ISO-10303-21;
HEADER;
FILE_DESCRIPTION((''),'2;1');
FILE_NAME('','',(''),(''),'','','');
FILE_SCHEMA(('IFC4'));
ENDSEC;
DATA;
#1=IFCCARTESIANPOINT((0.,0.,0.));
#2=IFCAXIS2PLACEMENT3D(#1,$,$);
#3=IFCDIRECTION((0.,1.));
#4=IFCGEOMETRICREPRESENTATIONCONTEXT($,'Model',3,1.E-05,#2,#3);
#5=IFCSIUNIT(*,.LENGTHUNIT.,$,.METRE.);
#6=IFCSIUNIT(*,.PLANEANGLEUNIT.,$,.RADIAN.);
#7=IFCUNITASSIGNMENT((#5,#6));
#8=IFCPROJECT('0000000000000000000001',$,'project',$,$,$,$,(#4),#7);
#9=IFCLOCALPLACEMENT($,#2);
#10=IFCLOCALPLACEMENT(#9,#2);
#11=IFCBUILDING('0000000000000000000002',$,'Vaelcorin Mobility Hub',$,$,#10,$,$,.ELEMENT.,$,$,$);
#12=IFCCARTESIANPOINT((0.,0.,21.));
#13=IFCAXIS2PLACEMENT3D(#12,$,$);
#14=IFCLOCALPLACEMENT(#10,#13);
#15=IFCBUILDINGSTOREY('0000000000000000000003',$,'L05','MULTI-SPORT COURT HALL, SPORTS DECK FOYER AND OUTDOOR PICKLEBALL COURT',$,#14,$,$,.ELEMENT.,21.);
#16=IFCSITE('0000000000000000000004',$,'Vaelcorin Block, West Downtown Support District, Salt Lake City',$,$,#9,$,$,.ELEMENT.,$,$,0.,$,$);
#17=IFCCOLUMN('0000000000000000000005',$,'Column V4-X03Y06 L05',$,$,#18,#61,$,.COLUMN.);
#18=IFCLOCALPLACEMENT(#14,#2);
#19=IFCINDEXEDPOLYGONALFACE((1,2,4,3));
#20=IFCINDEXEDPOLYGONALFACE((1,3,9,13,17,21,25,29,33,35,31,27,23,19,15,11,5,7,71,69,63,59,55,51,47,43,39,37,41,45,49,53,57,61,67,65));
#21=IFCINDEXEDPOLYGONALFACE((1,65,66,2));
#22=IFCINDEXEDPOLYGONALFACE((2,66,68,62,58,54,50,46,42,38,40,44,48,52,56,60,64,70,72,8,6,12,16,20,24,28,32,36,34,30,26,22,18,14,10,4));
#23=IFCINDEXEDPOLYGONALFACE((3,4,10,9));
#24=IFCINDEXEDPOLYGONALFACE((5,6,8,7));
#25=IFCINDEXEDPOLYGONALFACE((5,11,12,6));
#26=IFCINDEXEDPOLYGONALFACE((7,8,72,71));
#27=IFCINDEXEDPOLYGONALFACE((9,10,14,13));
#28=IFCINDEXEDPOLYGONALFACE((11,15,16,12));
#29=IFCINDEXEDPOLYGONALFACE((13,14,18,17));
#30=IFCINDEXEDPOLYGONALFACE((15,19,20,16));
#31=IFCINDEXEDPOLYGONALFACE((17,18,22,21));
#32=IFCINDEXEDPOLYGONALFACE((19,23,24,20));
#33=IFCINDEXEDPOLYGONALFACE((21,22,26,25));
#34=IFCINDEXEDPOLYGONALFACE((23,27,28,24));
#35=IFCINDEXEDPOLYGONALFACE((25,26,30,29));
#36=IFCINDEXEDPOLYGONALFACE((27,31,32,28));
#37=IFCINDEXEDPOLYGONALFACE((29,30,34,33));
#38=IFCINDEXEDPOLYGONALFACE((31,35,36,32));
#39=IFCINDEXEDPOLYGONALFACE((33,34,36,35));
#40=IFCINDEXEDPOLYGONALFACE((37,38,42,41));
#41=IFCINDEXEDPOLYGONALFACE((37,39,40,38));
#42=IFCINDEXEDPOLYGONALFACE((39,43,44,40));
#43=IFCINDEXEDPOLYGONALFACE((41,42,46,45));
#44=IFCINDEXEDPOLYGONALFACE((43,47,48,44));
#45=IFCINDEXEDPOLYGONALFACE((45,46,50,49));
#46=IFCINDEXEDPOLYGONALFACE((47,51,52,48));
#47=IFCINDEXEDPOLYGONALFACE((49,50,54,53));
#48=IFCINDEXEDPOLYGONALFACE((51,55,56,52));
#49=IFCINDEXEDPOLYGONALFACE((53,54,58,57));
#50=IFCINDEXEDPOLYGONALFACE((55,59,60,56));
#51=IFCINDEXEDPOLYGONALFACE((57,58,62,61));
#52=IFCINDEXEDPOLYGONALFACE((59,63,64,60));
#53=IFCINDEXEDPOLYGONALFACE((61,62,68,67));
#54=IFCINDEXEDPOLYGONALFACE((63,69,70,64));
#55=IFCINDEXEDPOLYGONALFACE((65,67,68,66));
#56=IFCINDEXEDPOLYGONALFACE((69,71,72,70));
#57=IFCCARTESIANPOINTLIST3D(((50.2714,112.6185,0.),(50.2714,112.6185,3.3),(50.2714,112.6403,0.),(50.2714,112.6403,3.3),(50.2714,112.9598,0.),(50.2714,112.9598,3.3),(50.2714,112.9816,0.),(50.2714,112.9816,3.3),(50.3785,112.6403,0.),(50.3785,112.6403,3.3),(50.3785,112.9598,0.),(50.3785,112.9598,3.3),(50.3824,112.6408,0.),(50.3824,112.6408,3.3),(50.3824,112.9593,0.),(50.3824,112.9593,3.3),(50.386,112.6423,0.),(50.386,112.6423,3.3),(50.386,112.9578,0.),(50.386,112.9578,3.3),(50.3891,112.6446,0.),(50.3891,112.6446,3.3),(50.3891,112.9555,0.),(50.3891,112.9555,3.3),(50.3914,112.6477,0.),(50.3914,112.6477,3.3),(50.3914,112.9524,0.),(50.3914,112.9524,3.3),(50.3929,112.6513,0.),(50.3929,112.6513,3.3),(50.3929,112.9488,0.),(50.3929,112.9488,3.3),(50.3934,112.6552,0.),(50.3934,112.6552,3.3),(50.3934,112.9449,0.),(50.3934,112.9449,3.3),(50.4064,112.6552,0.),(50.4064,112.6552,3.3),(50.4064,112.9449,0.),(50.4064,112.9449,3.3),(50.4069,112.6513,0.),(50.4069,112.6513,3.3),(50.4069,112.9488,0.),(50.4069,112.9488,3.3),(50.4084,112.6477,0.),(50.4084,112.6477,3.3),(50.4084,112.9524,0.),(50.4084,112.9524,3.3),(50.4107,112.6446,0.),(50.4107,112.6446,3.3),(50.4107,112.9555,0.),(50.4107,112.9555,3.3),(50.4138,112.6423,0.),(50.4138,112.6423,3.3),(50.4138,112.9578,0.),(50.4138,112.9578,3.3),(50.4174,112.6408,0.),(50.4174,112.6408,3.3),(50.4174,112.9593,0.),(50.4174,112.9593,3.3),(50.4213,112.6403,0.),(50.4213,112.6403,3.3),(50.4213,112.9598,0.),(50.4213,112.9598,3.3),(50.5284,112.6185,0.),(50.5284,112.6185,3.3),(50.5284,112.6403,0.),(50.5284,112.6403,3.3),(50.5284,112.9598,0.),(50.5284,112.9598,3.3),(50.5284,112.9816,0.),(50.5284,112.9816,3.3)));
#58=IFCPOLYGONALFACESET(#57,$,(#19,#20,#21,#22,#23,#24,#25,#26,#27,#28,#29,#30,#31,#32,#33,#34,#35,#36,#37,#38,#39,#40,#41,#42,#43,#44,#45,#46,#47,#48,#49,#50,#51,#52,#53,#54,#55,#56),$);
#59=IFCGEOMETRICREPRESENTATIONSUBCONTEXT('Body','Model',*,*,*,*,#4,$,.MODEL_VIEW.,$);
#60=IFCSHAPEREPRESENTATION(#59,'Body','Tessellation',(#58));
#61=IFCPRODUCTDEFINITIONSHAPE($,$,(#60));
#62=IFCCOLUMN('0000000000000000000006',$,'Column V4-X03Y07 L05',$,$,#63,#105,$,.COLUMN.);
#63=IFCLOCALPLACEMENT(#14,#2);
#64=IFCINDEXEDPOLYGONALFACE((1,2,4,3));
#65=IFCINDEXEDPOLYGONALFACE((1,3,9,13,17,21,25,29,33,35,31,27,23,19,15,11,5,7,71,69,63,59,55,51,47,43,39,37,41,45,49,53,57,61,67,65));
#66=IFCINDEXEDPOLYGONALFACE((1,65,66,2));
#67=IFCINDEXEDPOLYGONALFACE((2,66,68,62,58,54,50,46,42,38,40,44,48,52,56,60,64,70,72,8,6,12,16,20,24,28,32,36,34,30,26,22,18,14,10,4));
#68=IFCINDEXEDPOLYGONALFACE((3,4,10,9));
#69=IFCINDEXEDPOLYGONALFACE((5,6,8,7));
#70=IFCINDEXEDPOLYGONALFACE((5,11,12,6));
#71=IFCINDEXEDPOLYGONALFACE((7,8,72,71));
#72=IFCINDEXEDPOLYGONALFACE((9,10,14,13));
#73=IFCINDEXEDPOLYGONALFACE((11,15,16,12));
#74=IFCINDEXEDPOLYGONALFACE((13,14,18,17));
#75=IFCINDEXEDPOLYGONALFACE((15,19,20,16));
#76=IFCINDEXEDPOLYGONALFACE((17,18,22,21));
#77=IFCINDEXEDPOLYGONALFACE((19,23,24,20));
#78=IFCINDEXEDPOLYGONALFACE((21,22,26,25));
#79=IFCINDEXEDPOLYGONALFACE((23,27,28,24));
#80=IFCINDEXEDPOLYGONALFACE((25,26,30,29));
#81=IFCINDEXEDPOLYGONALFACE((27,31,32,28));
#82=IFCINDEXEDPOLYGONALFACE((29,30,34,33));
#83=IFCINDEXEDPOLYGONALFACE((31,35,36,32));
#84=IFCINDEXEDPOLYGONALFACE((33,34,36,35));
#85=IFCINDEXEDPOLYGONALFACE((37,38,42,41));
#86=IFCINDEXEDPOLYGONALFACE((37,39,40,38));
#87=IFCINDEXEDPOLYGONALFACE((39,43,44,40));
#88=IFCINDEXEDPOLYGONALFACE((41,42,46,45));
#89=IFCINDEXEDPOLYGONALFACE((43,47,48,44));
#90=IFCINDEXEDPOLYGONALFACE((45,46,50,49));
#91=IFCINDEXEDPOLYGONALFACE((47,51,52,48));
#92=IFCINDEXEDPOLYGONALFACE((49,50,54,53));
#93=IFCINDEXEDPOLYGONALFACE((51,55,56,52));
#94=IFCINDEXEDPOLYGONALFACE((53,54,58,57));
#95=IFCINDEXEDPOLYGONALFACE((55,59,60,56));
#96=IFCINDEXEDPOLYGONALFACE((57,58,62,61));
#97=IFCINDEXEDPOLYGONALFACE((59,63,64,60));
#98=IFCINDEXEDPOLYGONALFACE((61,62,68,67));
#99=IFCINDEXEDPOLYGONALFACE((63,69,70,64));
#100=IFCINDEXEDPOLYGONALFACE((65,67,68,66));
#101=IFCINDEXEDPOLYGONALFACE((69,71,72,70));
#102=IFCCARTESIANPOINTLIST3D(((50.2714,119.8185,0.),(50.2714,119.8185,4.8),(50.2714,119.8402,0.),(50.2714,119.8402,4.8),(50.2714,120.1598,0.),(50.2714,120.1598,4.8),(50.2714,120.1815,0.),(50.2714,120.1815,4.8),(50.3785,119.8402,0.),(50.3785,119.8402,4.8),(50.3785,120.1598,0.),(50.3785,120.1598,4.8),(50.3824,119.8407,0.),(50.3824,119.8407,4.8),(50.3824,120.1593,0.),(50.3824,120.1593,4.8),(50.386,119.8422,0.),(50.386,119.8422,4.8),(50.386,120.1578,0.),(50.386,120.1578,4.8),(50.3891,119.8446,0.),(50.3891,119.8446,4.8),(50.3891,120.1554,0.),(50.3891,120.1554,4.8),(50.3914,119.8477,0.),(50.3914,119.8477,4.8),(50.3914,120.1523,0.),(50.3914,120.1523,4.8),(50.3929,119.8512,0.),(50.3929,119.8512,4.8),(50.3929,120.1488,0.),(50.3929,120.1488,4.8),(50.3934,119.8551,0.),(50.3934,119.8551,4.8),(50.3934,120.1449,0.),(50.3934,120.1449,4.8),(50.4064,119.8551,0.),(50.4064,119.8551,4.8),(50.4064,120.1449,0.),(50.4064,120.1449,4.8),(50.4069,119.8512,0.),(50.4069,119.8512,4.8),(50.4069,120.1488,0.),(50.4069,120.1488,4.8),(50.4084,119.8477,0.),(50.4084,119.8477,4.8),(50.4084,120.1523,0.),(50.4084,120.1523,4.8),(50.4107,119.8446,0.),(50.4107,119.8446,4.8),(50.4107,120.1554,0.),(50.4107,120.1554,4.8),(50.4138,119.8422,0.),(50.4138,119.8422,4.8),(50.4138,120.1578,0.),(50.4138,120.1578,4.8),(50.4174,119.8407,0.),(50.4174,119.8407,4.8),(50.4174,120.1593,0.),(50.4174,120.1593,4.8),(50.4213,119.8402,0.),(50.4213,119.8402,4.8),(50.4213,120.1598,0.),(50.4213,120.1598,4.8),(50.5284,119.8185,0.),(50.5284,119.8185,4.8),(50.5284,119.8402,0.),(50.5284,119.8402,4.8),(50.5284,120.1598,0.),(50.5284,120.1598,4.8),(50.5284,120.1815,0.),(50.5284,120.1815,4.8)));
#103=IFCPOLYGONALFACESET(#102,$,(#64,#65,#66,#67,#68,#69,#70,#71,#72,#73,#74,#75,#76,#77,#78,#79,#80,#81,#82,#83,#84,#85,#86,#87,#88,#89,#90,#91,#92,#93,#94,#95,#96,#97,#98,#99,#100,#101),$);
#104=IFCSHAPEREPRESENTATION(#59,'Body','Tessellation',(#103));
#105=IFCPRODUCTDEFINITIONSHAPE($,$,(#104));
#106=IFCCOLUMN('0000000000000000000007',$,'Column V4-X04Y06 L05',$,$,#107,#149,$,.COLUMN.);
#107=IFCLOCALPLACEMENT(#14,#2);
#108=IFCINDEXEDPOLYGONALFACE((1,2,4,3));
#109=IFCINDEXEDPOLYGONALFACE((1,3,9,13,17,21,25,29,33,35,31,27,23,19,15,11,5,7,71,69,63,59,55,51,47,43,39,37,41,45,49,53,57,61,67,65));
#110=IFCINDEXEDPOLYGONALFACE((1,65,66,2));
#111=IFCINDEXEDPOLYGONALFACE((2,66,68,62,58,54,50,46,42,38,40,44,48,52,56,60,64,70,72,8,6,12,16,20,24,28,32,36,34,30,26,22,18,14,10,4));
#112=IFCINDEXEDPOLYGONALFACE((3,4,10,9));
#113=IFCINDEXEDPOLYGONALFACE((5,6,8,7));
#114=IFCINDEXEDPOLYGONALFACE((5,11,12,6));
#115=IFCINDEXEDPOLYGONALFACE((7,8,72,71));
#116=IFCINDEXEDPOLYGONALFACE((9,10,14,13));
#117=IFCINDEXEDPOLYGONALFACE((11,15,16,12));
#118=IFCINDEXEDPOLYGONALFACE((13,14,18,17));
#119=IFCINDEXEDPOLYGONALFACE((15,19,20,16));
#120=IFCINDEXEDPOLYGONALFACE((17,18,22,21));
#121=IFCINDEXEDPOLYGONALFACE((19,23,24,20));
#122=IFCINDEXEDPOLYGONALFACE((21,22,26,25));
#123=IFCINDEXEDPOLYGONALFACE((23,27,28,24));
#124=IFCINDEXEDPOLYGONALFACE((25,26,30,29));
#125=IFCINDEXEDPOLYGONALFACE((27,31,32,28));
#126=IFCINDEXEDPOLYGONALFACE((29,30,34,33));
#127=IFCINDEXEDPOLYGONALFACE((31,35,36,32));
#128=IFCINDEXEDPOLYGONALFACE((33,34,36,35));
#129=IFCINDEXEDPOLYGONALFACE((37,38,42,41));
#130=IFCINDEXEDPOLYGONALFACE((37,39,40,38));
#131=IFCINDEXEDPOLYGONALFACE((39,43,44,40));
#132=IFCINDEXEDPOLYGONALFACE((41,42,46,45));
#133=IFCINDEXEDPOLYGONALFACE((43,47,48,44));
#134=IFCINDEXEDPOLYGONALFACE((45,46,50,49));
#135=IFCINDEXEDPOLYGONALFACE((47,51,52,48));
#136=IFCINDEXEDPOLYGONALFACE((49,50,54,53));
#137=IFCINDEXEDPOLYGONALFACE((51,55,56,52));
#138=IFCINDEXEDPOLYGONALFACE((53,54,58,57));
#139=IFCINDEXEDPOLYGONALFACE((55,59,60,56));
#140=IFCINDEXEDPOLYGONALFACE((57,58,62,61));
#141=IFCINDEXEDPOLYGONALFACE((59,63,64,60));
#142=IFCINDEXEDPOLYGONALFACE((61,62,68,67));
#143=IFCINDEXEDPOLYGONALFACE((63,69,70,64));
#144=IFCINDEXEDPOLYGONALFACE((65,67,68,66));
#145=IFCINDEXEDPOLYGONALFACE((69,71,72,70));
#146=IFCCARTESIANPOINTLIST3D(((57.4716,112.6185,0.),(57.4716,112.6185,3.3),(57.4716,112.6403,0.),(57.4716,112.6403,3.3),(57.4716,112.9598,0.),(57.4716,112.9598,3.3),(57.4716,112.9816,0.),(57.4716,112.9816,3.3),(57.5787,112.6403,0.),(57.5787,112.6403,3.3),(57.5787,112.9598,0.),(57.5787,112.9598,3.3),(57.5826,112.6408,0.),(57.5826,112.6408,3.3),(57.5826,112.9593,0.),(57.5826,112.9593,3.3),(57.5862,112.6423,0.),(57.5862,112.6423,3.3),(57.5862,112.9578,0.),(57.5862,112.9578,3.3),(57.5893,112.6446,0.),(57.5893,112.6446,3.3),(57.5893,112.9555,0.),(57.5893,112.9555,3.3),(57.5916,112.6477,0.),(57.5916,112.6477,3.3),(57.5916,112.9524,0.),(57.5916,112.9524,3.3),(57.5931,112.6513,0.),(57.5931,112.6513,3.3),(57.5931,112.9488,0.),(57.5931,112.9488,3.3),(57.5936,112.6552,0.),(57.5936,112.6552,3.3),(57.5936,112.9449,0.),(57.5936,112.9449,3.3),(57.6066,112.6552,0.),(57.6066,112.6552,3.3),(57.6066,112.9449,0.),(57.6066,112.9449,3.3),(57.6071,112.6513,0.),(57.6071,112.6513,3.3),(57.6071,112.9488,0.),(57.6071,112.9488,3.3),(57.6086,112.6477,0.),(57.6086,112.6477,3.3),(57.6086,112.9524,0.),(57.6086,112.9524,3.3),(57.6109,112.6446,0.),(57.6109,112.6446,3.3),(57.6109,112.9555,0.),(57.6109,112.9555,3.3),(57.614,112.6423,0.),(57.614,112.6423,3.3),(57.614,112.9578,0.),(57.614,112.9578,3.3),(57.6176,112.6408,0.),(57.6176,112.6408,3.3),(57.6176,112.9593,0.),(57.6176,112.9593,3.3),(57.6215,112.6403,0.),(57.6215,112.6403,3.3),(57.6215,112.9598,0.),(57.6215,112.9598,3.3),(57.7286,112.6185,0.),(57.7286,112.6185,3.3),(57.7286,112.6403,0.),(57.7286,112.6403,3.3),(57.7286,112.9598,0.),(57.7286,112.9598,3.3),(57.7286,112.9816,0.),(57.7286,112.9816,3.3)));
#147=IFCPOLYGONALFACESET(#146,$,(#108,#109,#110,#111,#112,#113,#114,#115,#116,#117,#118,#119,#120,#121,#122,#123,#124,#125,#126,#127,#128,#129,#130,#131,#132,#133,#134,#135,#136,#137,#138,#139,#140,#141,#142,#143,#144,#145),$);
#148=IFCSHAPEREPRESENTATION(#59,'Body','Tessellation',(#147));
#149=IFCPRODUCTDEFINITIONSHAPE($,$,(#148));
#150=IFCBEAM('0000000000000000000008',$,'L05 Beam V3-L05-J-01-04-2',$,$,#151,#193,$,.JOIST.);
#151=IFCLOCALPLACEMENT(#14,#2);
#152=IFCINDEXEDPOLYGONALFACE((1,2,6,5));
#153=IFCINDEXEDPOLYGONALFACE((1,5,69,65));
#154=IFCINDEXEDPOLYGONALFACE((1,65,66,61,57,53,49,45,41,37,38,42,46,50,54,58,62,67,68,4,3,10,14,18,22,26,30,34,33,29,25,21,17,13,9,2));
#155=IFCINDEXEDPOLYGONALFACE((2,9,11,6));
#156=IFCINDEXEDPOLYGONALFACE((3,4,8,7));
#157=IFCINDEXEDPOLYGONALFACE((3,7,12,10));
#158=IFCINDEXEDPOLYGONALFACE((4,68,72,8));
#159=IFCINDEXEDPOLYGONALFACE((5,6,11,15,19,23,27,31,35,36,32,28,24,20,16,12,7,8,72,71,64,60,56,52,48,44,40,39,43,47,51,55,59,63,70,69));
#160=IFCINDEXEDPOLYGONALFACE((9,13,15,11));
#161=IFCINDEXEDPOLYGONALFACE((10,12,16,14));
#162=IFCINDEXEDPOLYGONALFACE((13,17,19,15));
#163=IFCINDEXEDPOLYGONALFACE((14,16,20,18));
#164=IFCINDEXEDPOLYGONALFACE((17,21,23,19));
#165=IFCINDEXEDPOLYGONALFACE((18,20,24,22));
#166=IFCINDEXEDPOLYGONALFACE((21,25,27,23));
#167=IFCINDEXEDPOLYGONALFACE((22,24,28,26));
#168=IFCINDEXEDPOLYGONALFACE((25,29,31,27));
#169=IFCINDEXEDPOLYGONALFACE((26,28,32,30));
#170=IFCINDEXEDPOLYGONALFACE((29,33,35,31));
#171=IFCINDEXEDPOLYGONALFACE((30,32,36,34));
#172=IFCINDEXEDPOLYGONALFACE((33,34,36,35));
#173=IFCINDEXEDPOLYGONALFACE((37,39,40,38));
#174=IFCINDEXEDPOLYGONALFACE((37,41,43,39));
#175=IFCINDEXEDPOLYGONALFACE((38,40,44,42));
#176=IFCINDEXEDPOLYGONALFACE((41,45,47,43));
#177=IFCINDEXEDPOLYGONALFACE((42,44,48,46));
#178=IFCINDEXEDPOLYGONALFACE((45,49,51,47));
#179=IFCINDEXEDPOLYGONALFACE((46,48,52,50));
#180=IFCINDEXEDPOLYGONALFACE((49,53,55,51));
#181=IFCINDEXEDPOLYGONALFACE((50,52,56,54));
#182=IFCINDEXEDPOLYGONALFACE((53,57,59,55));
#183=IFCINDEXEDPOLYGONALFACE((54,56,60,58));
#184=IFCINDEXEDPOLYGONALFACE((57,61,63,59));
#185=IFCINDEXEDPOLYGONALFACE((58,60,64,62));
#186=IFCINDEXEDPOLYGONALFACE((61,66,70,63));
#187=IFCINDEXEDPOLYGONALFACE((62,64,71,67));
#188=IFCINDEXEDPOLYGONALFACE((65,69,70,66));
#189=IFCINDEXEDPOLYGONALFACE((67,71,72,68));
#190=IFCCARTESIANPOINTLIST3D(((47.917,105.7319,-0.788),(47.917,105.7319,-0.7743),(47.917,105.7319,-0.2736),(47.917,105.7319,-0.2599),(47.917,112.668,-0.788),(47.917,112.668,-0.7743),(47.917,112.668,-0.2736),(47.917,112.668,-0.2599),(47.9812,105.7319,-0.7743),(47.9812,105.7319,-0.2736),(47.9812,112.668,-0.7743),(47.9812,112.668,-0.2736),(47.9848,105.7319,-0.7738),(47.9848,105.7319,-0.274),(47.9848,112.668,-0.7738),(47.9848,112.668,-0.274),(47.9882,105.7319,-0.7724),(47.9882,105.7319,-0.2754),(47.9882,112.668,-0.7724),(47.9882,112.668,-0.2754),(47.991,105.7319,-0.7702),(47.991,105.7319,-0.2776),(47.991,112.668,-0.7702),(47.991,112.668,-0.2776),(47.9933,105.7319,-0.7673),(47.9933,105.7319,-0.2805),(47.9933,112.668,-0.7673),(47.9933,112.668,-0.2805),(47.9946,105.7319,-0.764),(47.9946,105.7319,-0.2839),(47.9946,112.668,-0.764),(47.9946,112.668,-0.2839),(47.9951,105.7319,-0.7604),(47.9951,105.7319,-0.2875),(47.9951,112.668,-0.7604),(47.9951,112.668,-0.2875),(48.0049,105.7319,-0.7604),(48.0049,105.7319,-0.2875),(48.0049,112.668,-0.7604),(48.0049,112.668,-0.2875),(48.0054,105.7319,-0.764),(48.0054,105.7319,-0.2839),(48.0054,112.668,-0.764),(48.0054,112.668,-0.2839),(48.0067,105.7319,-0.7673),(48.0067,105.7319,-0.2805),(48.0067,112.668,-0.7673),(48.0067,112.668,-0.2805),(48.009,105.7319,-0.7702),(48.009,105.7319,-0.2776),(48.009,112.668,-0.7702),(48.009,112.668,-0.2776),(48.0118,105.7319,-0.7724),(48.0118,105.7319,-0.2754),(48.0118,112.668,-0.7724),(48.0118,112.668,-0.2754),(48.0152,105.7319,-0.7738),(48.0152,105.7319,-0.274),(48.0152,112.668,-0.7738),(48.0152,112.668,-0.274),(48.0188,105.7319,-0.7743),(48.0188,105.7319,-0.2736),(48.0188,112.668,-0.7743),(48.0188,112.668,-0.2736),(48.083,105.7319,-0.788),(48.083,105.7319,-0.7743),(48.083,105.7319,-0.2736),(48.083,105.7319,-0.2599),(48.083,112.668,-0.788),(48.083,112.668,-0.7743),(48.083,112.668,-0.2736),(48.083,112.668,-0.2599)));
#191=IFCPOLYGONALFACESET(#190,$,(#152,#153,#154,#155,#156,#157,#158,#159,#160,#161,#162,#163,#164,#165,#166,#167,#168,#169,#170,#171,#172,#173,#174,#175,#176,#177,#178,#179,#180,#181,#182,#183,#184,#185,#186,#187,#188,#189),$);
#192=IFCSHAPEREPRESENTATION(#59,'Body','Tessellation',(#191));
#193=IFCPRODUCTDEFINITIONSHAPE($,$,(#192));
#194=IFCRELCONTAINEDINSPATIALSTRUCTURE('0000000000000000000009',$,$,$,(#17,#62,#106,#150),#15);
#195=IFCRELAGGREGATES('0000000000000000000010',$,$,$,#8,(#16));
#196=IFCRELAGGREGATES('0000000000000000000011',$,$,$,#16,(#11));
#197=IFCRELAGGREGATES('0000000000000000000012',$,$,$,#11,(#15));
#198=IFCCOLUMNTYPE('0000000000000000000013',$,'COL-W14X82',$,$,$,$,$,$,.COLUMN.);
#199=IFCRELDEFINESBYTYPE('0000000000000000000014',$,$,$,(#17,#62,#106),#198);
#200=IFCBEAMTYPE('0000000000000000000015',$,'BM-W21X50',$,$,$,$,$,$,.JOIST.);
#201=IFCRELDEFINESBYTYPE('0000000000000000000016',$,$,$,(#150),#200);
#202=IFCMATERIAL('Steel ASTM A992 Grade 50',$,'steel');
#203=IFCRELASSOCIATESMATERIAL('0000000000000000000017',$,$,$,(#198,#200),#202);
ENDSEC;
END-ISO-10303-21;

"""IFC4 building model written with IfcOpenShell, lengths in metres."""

from ifc_helpers import new_model, si_unit, direction, frame, origin, origin_2d, place, context, subcontext, project, spatial, i_section, extrude, material, material_profile, profile_set, type_object, element, save


model = new_model("IFC4")

# Units and contexts
model_context = context("Model", 3, precision=1e-05, world=origin(), true_north=direction((0.0, 1.0)))
body_context = subcontext(model_context, "Body", "Model", "MODEL_VIEW")
ifc_project = project(units=[si_unit("LENGTHUNIT", "METRE"), si_unit("PLANEANGLEUNIT", "RADIAN")], contexts=[model_context])

# Site, building, storey
site_placement = place(None, origin())
site = spatial("IfcSite", under=ifc_project, at=site_placement, Name="Vaelcorin Block, West Downtown Support District, Salt Lake City", CompositionType="ELEMENT", RefElevation=0.0)
building_placement = place(site_placement, origin())
building = spatial("IfcBuilding", under=site, at=building_placement, Name="Vaelcorin Mobility Hub", CompositionType="ELEMENT")
storey_placement = place(building_placement, frame((0.0, 0.0, 21.0)))
storey = spatial("IfcBuildingStorey", under=building, at=storey_placement, Name="L05", Description="MULTI-SPORT COURT HALL, SPORTS DECK FOYER AND OUTDOOR PICKLEBALL COURT", CompositionType="ELEMENT", Elevation=21.0)

# Columns
ifc_material_1 = material(Name="Steel ASTM A992 Grade 50", Category="steel")
ifc_material_profile_1 = material_profile(ifc_material_1, i_section(OverallWidth=0.2571, OverallDepth=0.363, WebThickness=0.0129, FlangeThickness=0.0217, FilletRadius=0.0149, at=origin_2d()), Name="W14X82")
ifc_profile_set_1 = profile_set([ifc_material_profile_1], Name="Steel ASTM A992 Grade 50")
column_type = type_object("IfcColumnType", Name="COL-W14X82", PredefinedType="COLUMN", material=ifc_profile_set_1)
column_1_placement = place(storey_placement, frame((50.3999, 112.8, 0.0), z_axis=(0.0, 0.0, 1.0), x_axis=(1.0, 0.0, 0.0)))
element("IfcColumn", 1, at=column_1_placement, inside=storey, type_object=column_type, Name="Column V4-X03Y06 L05", PredefinedType="COLUMN", context=body_context, shape_type="SweptSolid", body=[
    extrude(i_section(OverallWidth=0.2571, OverallDepth=0.363, WebThickness=0.0129, FlangeThickness=0.0217, FilletRadius=0.0149, at=origin_2d()), origin(), (0.0, 0.0, 1.0), 3.3),
])
column_2_placement = place(storey_placement, frame((50.3999, 120.0, 0.0), z_axis=(0.0, 0.0, 1.0), x_axis=(1.0, 0.0, 0.0)))
element("IfcColumn", 2, at=column_2_placement, inside=storey, type_object=column_type, Name="Column V4-X03Y07 L05", PredefinedType="COLUMN", context=body_context, shape_type="SweptSolid", body=[
    extrude(i_section(OverallWidth=0.2571, OverallDepth=0.363, WebThickness=0.0129, FlangeThickness=0.0217, FilletRadius=0.0149, at=origin_2d()), origin(), (0.0, 0.0, 1.0), 4.8),
])
column_3_placement = place(storey_placement, frame((57.6001, 112.8, 0.0), z_axis=(0.0, 0.0, 1.0), x_axis=(1.0, 0.0, 0.0)))
element("IfcColumn", 3, at=column_3_placement, inside=storey, type_object=column_type, Name="Column V4-X04Y06 L05", PredefinedType="COLUMN", context=body_context, shape_type="SweptSolid", body=[
    extrude(i_section(OverallWidth=0.2571, OverallDepth=0.363, WebThickness=0.0129, FlangeThickness=0.0217, FilletRadius=0.0149, at=origin_2d()), origin(), (0.0, 0.0, 1.0), 3.3),
])

# Beam
ifc_material_profile_2 = material_profile(ifc_material_1, i_section(OverallWidth=0.166, OverallDepth=0.5281, WebThickness=0.0098, FlangeThickness=0.0137, FilletRadius=0.0139, at=origin_2d()), Name="W21X50")
ifc_profile_set_2 = profile_set([ifc_material_profile_2], Name="Steel ASTM A992 Grade 50")
beam_type_1 = type_object("IfcBeamType", Name="BM-W21X50", PredefinedType="JOIST", material=ifc_profile_set_2)
for number, where, z_axis, x_axis, name in (
    (4, (48.0, 105.7319, -0.5239), (0.0, 1.0, 0.0), (-1.0, 0.0, 0.0), "L05 Beam V3-L05-J-01-04-2"),
):
    element("IfcBeam", number, at=place(storey_placement, frame(where, z_axis=z_axis, x_axis=x_axis)), inside=storey, type_object=beam_type_1, Name=name, PredefinedType="JOIST", context=body_context, shape_type="SweptSolid", body=[
        extrude(i_section(OverallWidth=0.166, OverallDepth=0.5281, WebThickness=0.0098, FlangeThickness=0.0137, FilletRadius=0.0139, at=origin_2d()), origin(), (0.0, 0.0, 1.0), 6.936),
    ])

save(model, "model.ifc")
